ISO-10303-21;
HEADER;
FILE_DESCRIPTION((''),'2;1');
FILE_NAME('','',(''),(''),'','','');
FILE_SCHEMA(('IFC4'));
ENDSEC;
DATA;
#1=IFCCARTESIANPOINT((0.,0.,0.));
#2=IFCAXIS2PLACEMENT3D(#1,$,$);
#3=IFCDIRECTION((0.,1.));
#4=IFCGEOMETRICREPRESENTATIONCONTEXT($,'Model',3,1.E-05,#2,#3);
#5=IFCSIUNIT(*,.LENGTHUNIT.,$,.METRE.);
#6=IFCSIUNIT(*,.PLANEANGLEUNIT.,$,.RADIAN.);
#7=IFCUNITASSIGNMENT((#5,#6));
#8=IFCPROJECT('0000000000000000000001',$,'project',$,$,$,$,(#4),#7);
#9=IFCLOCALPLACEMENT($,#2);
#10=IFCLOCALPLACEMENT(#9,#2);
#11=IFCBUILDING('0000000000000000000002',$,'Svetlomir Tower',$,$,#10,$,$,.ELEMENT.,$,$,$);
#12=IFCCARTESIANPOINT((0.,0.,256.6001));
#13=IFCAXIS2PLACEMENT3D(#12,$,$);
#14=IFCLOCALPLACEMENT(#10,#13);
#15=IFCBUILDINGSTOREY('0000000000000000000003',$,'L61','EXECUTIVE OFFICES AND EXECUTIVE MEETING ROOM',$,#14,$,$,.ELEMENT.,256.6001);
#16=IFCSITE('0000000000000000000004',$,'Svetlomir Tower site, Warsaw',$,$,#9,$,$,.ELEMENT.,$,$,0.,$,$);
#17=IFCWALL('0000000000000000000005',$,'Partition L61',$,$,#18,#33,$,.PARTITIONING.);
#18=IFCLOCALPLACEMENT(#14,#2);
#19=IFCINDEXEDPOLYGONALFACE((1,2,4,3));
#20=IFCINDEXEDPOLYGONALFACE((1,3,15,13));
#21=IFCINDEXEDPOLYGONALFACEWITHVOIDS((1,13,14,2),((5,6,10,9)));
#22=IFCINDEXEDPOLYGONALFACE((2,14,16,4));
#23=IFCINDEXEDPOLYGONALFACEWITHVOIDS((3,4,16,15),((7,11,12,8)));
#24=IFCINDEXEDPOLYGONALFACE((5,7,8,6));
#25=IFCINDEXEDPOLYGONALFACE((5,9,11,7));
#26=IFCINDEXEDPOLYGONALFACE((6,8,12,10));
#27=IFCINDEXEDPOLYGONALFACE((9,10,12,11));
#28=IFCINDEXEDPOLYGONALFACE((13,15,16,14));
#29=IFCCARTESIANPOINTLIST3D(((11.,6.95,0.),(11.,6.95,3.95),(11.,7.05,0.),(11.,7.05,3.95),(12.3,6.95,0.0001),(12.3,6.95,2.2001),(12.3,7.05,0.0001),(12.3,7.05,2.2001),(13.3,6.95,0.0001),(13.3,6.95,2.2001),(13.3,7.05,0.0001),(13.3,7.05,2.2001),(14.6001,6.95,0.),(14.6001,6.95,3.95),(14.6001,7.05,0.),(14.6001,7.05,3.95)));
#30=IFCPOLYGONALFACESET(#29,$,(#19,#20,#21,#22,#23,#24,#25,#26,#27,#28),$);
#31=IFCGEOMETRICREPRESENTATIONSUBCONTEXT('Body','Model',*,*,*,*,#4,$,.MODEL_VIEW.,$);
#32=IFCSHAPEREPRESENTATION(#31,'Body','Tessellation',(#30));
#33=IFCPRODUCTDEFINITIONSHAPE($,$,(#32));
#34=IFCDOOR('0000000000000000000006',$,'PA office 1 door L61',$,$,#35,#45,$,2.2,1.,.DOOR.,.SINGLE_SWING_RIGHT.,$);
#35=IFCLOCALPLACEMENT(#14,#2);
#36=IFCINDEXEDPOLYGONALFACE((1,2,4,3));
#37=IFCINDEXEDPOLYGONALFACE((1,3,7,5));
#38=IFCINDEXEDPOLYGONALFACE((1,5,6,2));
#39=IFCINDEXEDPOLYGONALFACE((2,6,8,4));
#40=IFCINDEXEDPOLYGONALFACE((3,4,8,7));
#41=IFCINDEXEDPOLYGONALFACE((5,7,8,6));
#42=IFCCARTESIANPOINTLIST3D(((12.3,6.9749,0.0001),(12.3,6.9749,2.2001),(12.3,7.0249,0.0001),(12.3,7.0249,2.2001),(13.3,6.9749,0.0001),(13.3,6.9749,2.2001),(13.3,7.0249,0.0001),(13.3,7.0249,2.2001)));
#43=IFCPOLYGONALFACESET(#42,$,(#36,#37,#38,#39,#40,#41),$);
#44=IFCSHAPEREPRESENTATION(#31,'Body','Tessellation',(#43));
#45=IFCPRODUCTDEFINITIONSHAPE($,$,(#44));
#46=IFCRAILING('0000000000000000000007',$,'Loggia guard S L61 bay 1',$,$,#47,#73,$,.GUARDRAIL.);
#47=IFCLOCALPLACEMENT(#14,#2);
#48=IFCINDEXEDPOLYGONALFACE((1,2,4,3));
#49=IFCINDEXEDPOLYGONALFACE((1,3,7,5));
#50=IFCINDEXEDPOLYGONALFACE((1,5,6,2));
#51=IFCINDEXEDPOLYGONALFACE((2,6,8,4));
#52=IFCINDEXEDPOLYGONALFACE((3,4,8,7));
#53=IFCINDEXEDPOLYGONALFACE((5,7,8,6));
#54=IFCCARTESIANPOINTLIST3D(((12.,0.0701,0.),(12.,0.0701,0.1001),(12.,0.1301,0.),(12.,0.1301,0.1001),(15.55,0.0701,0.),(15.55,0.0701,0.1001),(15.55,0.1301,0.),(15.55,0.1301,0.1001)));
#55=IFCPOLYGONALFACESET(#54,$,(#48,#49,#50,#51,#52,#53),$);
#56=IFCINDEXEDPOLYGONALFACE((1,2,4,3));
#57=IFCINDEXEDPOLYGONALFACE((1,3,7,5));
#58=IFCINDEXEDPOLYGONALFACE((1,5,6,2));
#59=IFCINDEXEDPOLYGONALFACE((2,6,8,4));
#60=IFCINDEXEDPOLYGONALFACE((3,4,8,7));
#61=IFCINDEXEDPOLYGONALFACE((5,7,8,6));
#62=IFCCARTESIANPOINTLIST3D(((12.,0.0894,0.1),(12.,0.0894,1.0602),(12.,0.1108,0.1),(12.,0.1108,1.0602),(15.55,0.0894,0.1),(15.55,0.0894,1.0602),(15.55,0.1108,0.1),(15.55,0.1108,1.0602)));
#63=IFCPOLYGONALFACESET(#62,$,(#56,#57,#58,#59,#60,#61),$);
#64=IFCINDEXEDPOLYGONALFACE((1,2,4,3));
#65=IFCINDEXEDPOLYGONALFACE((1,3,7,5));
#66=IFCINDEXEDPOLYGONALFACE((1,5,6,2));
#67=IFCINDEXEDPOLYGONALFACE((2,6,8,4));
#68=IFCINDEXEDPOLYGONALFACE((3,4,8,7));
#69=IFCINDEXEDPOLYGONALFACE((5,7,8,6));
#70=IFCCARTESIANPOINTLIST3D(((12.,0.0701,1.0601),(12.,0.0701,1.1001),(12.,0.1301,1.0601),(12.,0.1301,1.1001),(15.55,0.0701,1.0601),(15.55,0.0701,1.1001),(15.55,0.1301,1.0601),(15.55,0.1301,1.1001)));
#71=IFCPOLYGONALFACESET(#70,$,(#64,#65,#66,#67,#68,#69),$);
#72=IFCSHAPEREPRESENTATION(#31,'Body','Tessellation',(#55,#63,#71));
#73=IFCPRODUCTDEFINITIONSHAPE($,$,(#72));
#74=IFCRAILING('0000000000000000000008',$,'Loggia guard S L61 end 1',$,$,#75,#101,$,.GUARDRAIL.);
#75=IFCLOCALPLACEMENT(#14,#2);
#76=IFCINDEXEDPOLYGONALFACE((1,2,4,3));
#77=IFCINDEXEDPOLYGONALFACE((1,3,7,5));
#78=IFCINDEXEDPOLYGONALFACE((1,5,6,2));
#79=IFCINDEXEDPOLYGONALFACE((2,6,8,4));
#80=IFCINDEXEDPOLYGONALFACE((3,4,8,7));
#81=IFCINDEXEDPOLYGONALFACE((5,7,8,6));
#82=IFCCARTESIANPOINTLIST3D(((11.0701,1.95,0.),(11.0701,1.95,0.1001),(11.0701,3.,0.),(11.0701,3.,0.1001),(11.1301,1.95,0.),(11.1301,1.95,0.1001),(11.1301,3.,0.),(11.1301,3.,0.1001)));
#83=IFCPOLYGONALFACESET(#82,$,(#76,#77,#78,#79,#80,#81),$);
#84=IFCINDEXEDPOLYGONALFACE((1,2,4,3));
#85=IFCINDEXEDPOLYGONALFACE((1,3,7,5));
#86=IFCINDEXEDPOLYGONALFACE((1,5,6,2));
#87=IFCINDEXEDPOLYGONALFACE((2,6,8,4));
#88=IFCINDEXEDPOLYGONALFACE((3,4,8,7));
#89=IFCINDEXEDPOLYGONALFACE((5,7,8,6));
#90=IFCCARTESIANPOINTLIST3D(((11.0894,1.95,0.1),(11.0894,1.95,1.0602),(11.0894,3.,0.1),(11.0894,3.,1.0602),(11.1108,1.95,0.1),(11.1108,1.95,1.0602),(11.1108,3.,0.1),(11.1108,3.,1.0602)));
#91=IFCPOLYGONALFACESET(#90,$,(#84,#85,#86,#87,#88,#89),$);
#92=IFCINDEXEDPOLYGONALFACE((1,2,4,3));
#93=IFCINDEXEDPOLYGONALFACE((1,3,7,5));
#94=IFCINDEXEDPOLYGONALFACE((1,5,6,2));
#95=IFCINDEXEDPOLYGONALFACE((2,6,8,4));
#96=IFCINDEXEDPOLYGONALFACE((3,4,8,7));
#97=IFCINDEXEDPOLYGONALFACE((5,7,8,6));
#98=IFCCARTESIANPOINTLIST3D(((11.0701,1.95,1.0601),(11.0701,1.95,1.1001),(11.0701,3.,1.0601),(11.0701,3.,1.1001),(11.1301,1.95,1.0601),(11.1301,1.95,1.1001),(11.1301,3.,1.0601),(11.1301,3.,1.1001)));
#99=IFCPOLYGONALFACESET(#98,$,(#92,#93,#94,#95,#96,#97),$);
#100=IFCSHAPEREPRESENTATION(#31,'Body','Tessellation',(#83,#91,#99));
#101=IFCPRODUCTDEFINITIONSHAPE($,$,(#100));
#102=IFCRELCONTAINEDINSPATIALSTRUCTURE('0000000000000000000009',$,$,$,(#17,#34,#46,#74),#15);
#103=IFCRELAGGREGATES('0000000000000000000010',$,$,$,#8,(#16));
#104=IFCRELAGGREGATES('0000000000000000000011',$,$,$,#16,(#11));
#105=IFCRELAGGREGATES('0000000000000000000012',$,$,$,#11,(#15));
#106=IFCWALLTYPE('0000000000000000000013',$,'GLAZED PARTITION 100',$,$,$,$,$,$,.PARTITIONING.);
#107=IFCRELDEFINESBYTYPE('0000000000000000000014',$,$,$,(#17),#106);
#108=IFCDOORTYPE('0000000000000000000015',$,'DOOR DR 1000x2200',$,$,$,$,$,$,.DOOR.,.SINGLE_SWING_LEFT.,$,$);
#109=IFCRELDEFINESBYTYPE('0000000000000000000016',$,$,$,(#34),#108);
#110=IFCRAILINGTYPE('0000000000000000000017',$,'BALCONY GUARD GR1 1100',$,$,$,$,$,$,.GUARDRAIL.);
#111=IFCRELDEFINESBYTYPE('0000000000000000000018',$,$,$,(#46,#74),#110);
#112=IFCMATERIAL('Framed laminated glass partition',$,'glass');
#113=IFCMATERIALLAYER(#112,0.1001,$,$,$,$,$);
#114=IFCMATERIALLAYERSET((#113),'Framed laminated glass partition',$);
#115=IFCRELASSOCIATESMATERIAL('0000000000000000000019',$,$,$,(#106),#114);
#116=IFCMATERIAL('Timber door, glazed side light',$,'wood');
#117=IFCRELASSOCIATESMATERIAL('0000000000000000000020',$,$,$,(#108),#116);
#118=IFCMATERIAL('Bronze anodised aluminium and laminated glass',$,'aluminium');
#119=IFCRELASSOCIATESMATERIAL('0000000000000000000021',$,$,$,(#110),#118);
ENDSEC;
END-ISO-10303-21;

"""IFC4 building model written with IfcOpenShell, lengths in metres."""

from ifc_helpers import new_model, si_unit, direction, frame, frame_2d, origin, origin_2d, place, context, subcontext, project, spatial, rectangle, extrude, material, layer, layer_set, type_object, element, fill, save


model = new_model("IFC4")

# Units and contexts
model_context = context("Model", 3, precision=1e-05, world=origin(), true_north=direction((0.0, 1.0)))
body_context = subcontext(model_context, "Body", "Model", "MODEL_VIEW")
ifc_project = project(units=[si_unit("LENGTHUNIT", "METRE"), si_unit("PLANEANGLEUNIT", "RADIAN")], contexts=[model_context])

# Site, building, storey
site_placement = place(None, origin())
site = spatial("IfcSite", under=ifc_project, at=site_placement, Name="Svetlomir Tower site, Warsaw", CompositionType="ELEMENT", RefElevation=0.0)
building_placement = place(site_placement, origin())
building = spatial("IfcBuilding", under=site, at=building_placement, Name="Svetlomir Tower", CompositionType="ELEMENT")
storey_placement = place(building_placement, frame((0.0, 0.0, 256.6001)))
storey = spatial("IfcBuildingStorey", under=building, at=storey_placement, Name="L61", Description="EXECUTIVE OFFICES AND EXECUTIVE MEETING ROOM", CompositionType="ELEMENT", Elevation=256.6001)

# Wall, opening, door
ifc_material_1 = material(Name="Framed laminated glass partition", Category="glass")
ifc_layer_1 = layer(ifc_material_1, 0.1001)
ifc_layer_set_1 = layer_set([ifc_layer_1], Name="Framed laminated glass partition")
wall_type = type_object("IfcWallType", Name="GLAZED PARTITION 100", PredefinedType="PARTITIONING", material=ifc_layer_set_1)
wall_placement = place(storey_placement, frame((11.0, 7.0, 0.0), z_axis=(0.0, 0.0, 1.0), x_axis=(1.0, 0.0, 0.0)))
wall = element("IfcWall", 1, at=wall_placement, inside=storey, type_object=wall_type, Name="Partition L61", PredefinedType="PARTITIONING", context=body_context, shape_type="SweptSolid", body=[
    extrude(rectangle(XDim=3.6001, YDim=0.1001, at=frame_2d((1.8, 0.0))), origin(), (0.0, 0.0, 1.0), 3.95),
])
opening_placement = place(wall_placement, frame((1.3, 0.0, 0.0)))
opening = element("IfcOpeningElement", 2, at=opening_placement, cuts=wall, PredefinedType="OPENING", context=body_context, shape_type="SweptSolid", body=[
    extrude(rectangle(XDim=1.0, YDim=2.2, at=frame_2d((0.5, 1.1001))), frame((0.0, 0.0601, 0.0), z_axis=(0.0, -1.0, 0.0), x_axis=(1.0, 0.0, 0.0)), (0.0, 0.0, 1.0), 0.1201),
])
ifc_material_2 = material(Name="Timber door, glazed side light", Category="wood")
door_type = type_object("IfcDoorType", Name="DOOR DR 1000x2200", OperationType="SINGLE_SWING_LEFT", PredefinedType="DOOR", material=ifc_material_2)
door_placement = place(opening_placement, origin())
door = element("IfcDoor", 3, at=door_placement, inside=storey, type_object=door_type, Name="PA office 1 door L61", OperationType="SINGLE_SWING_RIGHT", OverallHeight=2.2, OverallWidth=1.0, PredefinedType="DOOR", context=body_context, shape_type="SweptSolid", body=[
    extrude(rectangle(XDim=1.0, YDim=2.2, at=frame_2d((0.5, 1.1001))), frame((0.0, 0.0249, 0.0), z_axis=(0.0, -1.0, 0.0), x_axis=(1.0, 0.0, 0.0)), (0.0, 0.0, 1.0), 0.05),
])
fill(opening, door)

# Railings
ifc_material_3 = material(Name="Bronze anodised aluminium and laminated glass", Category="aluminium")
railing_type = type_object("IfcRailingType", Name="BALCONY GUARD GR1 1100", PredefinedType="GUARDRAIL", material=ifc_material_3)
railing_1_placement = place(storey_placement, frame((12.0, 0.1001, 0.0)))
element("IfcRailing", 4, at=railing_1_placement, inside=storey, type_object=railing_type, Name="Loggia guard S L61 bay 1", PredefinedType="GUARDRAIL", context=body_context, shape_type="SweptSolid", body=[
    extrude(rectangle(XDim=0.0601, YDim=0.1001, at=origin_2d()), frame((0.0, 0.0, 0.05), z_axis=(1.0, 0.0, 0.0), x_axis=(0.0, 1.0, 0.0)), (0.0, 0.0, 1.0), 3.55),
    extrude(rectangle(XDim=0.0215, YDim=0.9602, at=origin_2d()), frame((0.0, 0.0, 0.5801), z_axis=(1.0, 0.0, 0.0), x_axis=(0.0, 1.0, 0.0)), (0.0, 0.0, 1.0), 3.55),
    extrude(rectangle(XDim=0.0601, YDim=0.04, at=origin_2d()), frame((0.0, 0.0, 1.0801), z_axis=(1.0, 0.0, 0.0), x_axis=(0.0, 1.0, 0.0)), (0.0, 0.0, 1.0), 3.55),
])
railing_2_placement = place(storey_placement, frame((11.1001, 1.95, 0.0)))
element("IfcRailing", 5, at=railing_2_placement, inside=storey, type_object=railing_type, Name="Loggia guard S L61 end 1", PredefinedType="GUARDRAIL", context=body_context, shape_type="SweptSolid", body=[
    extrude(rectangle(XDim=0.0601, YDim=0.1001, at=origin_2d()), frame((0.0, 0.0, 0.05), z_axis=(0.0, 1.0, 0.0), x_axis=(-1.0, 0.0, 0.0)), (0.0, 0.0, 1.0), 1.05),
    extrude(rectangle(XDim=0.0215, YDim=0.9602, at=origin_2d()), frame((0.0, 0.0, 0.5801), z_axis=(0.0, 1.0, 0.0), x_axis=(-1.0, 0.0, 0.0)), (0.0, 0.0, 1.0), 1.05),
    extrude(rectangle(XDim=0.0601, YDim=0.04, at=origin_2d()), frame((0.0, 0.0, 1.0801), z_axis=(0.0, 1.0, 0.0), x_axis=(-1.0, 0.0, 0.0)), (0.0, 0.0, 1.0), 1.05),
])

save(model, "model.ifc")
